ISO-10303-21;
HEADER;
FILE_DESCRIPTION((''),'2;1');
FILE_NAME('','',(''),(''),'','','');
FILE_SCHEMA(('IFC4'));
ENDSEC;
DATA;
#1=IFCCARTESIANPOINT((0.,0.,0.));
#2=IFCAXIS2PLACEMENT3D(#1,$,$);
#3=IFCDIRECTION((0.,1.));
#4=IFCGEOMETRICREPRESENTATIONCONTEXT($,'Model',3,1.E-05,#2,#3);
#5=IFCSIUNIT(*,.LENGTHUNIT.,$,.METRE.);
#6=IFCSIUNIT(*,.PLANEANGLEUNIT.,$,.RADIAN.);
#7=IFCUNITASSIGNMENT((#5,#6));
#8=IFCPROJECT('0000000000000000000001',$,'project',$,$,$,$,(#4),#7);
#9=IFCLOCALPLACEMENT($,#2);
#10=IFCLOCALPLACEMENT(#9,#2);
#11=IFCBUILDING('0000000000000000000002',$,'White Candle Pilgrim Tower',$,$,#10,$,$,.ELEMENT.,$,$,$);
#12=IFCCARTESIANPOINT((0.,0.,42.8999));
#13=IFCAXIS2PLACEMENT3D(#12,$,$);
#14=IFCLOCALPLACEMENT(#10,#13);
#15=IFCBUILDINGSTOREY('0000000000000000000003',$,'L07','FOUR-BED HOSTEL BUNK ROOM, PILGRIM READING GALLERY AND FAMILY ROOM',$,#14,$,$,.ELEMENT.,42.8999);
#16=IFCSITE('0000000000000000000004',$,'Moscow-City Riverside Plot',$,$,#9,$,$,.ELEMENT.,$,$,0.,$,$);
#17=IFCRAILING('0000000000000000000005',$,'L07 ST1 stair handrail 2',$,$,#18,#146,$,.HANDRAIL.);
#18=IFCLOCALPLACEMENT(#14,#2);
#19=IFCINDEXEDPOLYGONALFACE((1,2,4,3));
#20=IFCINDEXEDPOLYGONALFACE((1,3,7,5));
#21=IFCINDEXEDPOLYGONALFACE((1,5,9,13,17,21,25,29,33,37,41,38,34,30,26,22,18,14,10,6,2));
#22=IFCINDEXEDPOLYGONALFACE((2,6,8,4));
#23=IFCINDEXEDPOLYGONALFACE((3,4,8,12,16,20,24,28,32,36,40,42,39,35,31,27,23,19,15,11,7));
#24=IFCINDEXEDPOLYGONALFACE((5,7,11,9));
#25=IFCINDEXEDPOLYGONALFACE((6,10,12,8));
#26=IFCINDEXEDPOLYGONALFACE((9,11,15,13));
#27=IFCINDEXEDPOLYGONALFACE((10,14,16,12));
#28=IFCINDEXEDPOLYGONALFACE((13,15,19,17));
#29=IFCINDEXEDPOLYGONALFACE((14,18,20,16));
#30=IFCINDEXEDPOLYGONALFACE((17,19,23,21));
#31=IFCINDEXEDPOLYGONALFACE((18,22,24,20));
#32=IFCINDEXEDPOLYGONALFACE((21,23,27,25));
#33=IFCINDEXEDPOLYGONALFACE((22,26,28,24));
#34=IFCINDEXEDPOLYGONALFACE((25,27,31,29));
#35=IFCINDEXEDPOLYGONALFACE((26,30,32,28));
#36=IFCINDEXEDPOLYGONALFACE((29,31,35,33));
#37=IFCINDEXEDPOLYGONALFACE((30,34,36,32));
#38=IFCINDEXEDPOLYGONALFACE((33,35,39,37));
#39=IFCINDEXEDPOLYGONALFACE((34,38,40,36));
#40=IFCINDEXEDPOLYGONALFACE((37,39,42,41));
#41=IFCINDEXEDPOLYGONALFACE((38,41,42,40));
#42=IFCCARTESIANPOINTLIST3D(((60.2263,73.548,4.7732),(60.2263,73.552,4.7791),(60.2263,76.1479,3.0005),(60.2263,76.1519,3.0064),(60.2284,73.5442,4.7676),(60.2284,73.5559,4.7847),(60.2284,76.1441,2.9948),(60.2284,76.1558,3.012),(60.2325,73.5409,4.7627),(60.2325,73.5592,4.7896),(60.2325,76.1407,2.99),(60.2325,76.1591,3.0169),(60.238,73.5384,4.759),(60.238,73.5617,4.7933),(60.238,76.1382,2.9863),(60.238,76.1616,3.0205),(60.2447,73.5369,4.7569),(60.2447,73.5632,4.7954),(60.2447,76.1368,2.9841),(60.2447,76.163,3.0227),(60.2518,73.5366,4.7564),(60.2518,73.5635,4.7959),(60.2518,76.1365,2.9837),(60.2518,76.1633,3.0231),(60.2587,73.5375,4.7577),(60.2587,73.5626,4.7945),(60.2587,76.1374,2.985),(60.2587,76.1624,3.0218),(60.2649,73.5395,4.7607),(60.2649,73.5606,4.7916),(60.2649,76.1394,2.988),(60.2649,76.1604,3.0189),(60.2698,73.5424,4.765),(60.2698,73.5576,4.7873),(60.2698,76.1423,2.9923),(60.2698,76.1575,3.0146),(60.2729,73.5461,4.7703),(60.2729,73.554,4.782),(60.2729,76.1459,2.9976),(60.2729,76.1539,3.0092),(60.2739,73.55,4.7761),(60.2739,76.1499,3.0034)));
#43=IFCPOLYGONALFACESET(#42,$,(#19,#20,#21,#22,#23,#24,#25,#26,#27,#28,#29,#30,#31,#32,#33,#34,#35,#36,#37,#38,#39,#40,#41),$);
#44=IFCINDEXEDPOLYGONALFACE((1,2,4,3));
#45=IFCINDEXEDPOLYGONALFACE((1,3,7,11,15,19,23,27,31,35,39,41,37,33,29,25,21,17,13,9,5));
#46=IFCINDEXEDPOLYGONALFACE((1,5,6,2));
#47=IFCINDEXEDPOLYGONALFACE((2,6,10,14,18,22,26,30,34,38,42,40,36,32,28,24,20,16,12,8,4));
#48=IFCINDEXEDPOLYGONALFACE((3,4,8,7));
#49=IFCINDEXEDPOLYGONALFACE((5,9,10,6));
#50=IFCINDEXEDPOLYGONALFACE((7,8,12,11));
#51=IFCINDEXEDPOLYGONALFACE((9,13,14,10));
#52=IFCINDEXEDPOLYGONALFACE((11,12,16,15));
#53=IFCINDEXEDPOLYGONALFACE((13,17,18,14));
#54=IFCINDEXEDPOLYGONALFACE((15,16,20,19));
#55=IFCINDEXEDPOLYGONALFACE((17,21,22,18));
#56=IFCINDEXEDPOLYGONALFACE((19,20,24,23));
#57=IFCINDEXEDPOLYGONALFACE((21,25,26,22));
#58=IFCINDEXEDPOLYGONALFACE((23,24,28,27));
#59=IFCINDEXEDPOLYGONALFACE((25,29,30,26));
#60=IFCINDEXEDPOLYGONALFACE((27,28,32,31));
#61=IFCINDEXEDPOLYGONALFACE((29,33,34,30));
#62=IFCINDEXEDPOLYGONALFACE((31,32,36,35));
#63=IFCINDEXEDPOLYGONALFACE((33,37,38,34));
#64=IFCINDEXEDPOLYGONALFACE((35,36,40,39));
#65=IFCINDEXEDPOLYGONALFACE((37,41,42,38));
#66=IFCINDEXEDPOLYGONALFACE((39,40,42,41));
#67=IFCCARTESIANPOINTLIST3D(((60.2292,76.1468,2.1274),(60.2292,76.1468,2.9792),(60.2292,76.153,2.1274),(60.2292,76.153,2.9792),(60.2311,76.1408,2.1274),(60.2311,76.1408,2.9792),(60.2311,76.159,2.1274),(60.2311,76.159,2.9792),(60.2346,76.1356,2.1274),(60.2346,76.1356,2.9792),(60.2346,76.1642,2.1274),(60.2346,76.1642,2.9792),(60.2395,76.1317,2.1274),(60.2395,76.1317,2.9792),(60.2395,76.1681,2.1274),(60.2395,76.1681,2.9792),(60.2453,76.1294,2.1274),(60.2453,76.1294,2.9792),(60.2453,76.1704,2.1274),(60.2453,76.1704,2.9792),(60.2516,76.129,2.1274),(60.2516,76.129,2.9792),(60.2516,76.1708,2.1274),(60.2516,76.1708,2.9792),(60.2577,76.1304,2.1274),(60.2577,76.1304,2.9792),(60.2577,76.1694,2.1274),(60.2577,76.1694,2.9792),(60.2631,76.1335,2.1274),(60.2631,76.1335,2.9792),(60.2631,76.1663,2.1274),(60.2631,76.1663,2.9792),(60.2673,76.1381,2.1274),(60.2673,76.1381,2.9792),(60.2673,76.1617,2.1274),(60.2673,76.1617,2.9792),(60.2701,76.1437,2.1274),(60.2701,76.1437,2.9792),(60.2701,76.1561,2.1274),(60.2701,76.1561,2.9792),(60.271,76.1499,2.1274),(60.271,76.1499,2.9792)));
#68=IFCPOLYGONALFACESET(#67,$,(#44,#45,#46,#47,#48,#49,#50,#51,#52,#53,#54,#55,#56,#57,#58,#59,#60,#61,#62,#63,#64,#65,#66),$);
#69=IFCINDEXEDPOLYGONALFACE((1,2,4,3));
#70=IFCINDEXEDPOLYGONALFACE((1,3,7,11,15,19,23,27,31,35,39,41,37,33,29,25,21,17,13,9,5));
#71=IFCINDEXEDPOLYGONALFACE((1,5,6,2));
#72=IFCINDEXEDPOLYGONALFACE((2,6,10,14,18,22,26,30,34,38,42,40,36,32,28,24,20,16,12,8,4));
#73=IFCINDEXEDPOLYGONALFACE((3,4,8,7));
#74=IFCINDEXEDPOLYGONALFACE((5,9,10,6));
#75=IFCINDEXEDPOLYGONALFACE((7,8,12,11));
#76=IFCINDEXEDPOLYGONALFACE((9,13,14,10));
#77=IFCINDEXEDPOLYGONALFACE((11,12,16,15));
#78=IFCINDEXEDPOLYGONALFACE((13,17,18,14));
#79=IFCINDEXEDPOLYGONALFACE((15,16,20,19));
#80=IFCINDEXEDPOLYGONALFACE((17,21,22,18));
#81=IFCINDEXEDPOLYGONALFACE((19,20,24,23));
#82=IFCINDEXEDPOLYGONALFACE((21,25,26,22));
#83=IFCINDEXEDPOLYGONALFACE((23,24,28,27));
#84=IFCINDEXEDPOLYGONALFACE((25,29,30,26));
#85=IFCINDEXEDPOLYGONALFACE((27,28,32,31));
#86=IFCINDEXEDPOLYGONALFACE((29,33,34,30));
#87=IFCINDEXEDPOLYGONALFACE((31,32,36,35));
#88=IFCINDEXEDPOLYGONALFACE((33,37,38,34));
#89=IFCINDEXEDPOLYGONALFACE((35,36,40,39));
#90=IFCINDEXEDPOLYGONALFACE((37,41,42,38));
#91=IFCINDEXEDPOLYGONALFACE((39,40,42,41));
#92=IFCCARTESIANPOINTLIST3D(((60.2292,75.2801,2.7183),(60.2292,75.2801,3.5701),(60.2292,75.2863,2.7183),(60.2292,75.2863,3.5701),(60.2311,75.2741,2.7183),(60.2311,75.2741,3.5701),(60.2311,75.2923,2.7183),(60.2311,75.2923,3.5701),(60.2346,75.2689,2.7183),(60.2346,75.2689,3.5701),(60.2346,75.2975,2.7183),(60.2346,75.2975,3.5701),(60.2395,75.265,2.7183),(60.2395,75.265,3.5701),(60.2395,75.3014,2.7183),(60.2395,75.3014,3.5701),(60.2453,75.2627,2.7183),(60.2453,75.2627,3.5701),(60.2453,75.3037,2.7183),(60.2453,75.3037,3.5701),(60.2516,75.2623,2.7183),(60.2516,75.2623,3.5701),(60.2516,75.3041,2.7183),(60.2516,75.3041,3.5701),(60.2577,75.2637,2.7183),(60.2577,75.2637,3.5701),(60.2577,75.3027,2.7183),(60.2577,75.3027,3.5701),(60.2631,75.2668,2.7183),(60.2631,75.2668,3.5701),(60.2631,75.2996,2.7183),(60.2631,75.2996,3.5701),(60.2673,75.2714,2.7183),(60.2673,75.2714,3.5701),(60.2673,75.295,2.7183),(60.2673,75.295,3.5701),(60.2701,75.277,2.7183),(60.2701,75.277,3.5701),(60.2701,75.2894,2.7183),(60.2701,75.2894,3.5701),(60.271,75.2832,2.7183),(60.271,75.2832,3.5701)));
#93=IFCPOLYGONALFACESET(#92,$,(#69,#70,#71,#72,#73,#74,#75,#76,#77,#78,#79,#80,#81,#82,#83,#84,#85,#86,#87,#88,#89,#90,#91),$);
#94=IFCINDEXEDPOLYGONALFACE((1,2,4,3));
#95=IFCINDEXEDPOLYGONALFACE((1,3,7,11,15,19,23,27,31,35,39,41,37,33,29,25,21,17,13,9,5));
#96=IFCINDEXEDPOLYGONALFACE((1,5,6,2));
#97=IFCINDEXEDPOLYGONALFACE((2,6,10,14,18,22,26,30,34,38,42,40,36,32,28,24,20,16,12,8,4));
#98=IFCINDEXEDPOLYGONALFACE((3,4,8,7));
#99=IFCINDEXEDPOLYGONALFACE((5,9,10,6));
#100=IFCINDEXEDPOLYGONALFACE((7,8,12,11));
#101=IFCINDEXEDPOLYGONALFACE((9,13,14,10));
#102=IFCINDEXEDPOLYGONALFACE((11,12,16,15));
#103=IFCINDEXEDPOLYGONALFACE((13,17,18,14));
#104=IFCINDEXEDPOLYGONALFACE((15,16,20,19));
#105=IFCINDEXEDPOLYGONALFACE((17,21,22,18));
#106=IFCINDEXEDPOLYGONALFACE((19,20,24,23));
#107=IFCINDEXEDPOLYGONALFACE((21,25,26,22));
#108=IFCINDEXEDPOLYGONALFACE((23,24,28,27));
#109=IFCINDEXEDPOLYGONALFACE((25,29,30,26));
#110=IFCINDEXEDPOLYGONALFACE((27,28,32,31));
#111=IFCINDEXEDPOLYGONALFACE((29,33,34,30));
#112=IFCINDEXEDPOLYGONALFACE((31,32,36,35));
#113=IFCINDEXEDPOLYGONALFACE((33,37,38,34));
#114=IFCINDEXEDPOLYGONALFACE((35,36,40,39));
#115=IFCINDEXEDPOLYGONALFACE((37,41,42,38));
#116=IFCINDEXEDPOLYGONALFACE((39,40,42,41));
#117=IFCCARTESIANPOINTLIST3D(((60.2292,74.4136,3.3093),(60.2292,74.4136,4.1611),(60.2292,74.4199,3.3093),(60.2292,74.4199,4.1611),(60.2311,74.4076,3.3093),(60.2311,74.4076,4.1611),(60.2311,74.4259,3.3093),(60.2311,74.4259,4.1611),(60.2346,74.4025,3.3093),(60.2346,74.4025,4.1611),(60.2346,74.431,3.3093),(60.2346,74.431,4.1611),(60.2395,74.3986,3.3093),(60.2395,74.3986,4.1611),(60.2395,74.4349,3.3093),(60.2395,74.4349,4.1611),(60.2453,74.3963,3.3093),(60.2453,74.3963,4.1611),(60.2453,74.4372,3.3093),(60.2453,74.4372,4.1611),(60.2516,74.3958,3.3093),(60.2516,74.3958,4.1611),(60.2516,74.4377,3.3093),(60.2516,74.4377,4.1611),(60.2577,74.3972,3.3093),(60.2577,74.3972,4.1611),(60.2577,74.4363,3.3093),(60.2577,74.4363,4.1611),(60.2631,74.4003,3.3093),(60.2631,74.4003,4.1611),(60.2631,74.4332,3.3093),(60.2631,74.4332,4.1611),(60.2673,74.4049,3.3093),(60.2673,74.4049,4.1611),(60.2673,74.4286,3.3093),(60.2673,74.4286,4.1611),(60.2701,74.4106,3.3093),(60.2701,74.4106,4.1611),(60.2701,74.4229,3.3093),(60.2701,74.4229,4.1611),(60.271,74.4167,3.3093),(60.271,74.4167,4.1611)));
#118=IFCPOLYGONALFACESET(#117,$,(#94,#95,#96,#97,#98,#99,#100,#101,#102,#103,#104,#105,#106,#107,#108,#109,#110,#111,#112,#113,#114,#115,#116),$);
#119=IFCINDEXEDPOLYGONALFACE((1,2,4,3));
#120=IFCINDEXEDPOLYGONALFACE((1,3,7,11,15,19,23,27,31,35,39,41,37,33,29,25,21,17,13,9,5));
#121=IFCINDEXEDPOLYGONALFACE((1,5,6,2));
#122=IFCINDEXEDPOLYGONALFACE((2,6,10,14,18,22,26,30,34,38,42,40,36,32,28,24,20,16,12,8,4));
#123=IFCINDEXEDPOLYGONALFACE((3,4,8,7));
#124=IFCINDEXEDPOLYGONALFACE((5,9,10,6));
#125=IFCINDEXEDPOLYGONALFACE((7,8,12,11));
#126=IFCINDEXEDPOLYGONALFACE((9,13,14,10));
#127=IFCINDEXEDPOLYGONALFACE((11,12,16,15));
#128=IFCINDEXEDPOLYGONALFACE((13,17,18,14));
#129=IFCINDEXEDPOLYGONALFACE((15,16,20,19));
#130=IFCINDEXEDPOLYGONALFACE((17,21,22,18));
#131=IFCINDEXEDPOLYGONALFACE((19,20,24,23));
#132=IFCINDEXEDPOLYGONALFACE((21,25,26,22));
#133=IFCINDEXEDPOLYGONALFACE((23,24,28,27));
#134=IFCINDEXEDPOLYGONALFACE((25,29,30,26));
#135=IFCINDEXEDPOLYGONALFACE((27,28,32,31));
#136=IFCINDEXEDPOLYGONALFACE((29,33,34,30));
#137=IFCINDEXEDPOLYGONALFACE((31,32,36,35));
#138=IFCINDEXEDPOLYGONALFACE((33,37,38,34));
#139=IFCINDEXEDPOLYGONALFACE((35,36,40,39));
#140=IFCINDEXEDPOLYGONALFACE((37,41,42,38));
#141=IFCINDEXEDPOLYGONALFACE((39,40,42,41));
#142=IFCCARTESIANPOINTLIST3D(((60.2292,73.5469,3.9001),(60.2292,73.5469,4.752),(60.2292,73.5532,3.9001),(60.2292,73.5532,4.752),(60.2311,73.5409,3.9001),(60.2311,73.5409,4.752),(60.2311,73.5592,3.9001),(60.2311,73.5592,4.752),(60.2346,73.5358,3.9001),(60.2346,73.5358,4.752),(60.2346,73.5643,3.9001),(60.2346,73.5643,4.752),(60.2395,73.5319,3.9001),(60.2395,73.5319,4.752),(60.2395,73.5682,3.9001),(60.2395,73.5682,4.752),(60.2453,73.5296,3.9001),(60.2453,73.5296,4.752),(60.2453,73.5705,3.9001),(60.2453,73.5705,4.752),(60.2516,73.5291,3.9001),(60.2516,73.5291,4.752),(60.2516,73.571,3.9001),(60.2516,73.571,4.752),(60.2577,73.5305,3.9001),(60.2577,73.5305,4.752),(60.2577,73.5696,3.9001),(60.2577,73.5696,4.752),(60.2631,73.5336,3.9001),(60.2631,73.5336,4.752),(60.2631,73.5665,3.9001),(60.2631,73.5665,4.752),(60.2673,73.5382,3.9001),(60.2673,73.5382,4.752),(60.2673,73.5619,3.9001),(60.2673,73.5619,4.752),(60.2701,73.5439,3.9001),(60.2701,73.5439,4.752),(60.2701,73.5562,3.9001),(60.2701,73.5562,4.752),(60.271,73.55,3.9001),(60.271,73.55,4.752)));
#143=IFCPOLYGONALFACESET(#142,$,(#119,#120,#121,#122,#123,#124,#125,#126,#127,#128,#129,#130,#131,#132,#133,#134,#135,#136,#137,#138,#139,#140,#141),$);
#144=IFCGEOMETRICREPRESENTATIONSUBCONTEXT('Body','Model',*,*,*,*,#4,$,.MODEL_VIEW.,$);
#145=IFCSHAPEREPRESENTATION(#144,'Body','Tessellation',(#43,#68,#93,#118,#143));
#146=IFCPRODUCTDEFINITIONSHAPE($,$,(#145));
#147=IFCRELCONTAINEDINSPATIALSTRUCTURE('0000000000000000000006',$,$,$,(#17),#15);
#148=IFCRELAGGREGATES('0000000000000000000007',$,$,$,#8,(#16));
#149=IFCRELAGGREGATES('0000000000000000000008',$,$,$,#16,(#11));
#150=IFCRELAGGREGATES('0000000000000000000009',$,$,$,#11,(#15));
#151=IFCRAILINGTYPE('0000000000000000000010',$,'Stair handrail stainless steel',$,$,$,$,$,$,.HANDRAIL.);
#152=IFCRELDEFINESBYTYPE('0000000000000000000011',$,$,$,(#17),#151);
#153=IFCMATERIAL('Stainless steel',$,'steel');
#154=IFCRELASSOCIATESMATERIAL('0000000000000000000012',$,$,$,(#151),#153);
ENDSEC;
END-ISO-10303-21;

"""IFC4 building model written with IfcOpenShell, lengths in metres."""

from ifc_helpers import new_model, si_unit, direction, frame, origin, origin_2d, place, context, subcontext, project, spatial, circle, extrude, material, type_object, element, save


model = new_model("IFC4")

# Units and contexts
model_context = context("Model", 3, precision=1e-05, world=origin(), true_north=direction((0.0, 1.0)))
body_context = subcontext(model_context, "Body", "Model", "MODEL_VIEW")
ifc_project = project(units=[si_unit("LENGTHUNIT", "METRE"), si_unit("PLANEANGLEUNIT", "RADIAN")], contexts=[model_context])

# Site, building, storey
site_placement = place(None, origin())
site = spatial("IfcSite", under=ifc_project, at=site_placement, Name="Moscow-City Riverside Plot", CompositionType="ELEMENT", RefElevation=0.0)
building_placement = place(site_placement, origin())
building = spatial("IfcBuilding", under=site, at=building_placement, Name="White Candle Pilgrim Tower", CompositionType="ELEMENT")
storey_placement = place(building_placement, frame((0.0, 0.0, 42.8999)))
storey = spatial("IfcBuildingStorey", under=building, at=storey_placement, Name="L07", Description="FOUR-BED HOSTEL BUNK ROOM, PILGRIM READING GALLERY AND FAMILY ROOM", CompositionType="ELEMENT", Elevation=42.8999)

# Railing
ifc_material_1 = material(Name="Stainless steel", Category="steel")
railing_type_1 = type_object("IfcRailingType", Name="Stair handrail stainless steel", PredefinedType="HANDRAIL", material=ifc_material_1)
railing_1_placement = place(storey_placement, frame((60.25, 76.1499, 2.1274)))
element("IfcRailing", 1, at=railing_1_placement, inside=storey, type_object=railing_type_1, Name="L07 ST1 stair handrail 2", PredefinedType="HANDRAIL", context=body_context, shape_type="SweptSolid", body=[
    extrude(circle(Radius=0.0239, at=origin_2d()), frame((0.0, 0.0, 0.876), z_axis=(0.0, -0.826216, 0.563354), x_axis=(1.0, 0.0, 0.0)), (0.0, 0.0, 1.0), 3.1467),
    extrude(circle(Radius=0.021, at=origin_2d()), origin(), (0.0, 0.0, 1.0), 0.8518),
    extrude(circle(Radius=0.021, at=origin_2d()), frame((0.0, -0.8667, 0.5908)), (0.0, 0.0, 1.0), 0.8518),
    extrude(circle(Radius=0.021, at=origin_2d()), frame((0.0, -1.7332, 1.1819)), (0.0, 0.0, 1.0), 0.8518),
    extrude(circle(Radius=0.021, at=origin_2d()), frame((0.0, -2.5999, 1.7727)), (0.0, 0.0, 1.0), 0.8518),
])

save(model, "model.ifc")
